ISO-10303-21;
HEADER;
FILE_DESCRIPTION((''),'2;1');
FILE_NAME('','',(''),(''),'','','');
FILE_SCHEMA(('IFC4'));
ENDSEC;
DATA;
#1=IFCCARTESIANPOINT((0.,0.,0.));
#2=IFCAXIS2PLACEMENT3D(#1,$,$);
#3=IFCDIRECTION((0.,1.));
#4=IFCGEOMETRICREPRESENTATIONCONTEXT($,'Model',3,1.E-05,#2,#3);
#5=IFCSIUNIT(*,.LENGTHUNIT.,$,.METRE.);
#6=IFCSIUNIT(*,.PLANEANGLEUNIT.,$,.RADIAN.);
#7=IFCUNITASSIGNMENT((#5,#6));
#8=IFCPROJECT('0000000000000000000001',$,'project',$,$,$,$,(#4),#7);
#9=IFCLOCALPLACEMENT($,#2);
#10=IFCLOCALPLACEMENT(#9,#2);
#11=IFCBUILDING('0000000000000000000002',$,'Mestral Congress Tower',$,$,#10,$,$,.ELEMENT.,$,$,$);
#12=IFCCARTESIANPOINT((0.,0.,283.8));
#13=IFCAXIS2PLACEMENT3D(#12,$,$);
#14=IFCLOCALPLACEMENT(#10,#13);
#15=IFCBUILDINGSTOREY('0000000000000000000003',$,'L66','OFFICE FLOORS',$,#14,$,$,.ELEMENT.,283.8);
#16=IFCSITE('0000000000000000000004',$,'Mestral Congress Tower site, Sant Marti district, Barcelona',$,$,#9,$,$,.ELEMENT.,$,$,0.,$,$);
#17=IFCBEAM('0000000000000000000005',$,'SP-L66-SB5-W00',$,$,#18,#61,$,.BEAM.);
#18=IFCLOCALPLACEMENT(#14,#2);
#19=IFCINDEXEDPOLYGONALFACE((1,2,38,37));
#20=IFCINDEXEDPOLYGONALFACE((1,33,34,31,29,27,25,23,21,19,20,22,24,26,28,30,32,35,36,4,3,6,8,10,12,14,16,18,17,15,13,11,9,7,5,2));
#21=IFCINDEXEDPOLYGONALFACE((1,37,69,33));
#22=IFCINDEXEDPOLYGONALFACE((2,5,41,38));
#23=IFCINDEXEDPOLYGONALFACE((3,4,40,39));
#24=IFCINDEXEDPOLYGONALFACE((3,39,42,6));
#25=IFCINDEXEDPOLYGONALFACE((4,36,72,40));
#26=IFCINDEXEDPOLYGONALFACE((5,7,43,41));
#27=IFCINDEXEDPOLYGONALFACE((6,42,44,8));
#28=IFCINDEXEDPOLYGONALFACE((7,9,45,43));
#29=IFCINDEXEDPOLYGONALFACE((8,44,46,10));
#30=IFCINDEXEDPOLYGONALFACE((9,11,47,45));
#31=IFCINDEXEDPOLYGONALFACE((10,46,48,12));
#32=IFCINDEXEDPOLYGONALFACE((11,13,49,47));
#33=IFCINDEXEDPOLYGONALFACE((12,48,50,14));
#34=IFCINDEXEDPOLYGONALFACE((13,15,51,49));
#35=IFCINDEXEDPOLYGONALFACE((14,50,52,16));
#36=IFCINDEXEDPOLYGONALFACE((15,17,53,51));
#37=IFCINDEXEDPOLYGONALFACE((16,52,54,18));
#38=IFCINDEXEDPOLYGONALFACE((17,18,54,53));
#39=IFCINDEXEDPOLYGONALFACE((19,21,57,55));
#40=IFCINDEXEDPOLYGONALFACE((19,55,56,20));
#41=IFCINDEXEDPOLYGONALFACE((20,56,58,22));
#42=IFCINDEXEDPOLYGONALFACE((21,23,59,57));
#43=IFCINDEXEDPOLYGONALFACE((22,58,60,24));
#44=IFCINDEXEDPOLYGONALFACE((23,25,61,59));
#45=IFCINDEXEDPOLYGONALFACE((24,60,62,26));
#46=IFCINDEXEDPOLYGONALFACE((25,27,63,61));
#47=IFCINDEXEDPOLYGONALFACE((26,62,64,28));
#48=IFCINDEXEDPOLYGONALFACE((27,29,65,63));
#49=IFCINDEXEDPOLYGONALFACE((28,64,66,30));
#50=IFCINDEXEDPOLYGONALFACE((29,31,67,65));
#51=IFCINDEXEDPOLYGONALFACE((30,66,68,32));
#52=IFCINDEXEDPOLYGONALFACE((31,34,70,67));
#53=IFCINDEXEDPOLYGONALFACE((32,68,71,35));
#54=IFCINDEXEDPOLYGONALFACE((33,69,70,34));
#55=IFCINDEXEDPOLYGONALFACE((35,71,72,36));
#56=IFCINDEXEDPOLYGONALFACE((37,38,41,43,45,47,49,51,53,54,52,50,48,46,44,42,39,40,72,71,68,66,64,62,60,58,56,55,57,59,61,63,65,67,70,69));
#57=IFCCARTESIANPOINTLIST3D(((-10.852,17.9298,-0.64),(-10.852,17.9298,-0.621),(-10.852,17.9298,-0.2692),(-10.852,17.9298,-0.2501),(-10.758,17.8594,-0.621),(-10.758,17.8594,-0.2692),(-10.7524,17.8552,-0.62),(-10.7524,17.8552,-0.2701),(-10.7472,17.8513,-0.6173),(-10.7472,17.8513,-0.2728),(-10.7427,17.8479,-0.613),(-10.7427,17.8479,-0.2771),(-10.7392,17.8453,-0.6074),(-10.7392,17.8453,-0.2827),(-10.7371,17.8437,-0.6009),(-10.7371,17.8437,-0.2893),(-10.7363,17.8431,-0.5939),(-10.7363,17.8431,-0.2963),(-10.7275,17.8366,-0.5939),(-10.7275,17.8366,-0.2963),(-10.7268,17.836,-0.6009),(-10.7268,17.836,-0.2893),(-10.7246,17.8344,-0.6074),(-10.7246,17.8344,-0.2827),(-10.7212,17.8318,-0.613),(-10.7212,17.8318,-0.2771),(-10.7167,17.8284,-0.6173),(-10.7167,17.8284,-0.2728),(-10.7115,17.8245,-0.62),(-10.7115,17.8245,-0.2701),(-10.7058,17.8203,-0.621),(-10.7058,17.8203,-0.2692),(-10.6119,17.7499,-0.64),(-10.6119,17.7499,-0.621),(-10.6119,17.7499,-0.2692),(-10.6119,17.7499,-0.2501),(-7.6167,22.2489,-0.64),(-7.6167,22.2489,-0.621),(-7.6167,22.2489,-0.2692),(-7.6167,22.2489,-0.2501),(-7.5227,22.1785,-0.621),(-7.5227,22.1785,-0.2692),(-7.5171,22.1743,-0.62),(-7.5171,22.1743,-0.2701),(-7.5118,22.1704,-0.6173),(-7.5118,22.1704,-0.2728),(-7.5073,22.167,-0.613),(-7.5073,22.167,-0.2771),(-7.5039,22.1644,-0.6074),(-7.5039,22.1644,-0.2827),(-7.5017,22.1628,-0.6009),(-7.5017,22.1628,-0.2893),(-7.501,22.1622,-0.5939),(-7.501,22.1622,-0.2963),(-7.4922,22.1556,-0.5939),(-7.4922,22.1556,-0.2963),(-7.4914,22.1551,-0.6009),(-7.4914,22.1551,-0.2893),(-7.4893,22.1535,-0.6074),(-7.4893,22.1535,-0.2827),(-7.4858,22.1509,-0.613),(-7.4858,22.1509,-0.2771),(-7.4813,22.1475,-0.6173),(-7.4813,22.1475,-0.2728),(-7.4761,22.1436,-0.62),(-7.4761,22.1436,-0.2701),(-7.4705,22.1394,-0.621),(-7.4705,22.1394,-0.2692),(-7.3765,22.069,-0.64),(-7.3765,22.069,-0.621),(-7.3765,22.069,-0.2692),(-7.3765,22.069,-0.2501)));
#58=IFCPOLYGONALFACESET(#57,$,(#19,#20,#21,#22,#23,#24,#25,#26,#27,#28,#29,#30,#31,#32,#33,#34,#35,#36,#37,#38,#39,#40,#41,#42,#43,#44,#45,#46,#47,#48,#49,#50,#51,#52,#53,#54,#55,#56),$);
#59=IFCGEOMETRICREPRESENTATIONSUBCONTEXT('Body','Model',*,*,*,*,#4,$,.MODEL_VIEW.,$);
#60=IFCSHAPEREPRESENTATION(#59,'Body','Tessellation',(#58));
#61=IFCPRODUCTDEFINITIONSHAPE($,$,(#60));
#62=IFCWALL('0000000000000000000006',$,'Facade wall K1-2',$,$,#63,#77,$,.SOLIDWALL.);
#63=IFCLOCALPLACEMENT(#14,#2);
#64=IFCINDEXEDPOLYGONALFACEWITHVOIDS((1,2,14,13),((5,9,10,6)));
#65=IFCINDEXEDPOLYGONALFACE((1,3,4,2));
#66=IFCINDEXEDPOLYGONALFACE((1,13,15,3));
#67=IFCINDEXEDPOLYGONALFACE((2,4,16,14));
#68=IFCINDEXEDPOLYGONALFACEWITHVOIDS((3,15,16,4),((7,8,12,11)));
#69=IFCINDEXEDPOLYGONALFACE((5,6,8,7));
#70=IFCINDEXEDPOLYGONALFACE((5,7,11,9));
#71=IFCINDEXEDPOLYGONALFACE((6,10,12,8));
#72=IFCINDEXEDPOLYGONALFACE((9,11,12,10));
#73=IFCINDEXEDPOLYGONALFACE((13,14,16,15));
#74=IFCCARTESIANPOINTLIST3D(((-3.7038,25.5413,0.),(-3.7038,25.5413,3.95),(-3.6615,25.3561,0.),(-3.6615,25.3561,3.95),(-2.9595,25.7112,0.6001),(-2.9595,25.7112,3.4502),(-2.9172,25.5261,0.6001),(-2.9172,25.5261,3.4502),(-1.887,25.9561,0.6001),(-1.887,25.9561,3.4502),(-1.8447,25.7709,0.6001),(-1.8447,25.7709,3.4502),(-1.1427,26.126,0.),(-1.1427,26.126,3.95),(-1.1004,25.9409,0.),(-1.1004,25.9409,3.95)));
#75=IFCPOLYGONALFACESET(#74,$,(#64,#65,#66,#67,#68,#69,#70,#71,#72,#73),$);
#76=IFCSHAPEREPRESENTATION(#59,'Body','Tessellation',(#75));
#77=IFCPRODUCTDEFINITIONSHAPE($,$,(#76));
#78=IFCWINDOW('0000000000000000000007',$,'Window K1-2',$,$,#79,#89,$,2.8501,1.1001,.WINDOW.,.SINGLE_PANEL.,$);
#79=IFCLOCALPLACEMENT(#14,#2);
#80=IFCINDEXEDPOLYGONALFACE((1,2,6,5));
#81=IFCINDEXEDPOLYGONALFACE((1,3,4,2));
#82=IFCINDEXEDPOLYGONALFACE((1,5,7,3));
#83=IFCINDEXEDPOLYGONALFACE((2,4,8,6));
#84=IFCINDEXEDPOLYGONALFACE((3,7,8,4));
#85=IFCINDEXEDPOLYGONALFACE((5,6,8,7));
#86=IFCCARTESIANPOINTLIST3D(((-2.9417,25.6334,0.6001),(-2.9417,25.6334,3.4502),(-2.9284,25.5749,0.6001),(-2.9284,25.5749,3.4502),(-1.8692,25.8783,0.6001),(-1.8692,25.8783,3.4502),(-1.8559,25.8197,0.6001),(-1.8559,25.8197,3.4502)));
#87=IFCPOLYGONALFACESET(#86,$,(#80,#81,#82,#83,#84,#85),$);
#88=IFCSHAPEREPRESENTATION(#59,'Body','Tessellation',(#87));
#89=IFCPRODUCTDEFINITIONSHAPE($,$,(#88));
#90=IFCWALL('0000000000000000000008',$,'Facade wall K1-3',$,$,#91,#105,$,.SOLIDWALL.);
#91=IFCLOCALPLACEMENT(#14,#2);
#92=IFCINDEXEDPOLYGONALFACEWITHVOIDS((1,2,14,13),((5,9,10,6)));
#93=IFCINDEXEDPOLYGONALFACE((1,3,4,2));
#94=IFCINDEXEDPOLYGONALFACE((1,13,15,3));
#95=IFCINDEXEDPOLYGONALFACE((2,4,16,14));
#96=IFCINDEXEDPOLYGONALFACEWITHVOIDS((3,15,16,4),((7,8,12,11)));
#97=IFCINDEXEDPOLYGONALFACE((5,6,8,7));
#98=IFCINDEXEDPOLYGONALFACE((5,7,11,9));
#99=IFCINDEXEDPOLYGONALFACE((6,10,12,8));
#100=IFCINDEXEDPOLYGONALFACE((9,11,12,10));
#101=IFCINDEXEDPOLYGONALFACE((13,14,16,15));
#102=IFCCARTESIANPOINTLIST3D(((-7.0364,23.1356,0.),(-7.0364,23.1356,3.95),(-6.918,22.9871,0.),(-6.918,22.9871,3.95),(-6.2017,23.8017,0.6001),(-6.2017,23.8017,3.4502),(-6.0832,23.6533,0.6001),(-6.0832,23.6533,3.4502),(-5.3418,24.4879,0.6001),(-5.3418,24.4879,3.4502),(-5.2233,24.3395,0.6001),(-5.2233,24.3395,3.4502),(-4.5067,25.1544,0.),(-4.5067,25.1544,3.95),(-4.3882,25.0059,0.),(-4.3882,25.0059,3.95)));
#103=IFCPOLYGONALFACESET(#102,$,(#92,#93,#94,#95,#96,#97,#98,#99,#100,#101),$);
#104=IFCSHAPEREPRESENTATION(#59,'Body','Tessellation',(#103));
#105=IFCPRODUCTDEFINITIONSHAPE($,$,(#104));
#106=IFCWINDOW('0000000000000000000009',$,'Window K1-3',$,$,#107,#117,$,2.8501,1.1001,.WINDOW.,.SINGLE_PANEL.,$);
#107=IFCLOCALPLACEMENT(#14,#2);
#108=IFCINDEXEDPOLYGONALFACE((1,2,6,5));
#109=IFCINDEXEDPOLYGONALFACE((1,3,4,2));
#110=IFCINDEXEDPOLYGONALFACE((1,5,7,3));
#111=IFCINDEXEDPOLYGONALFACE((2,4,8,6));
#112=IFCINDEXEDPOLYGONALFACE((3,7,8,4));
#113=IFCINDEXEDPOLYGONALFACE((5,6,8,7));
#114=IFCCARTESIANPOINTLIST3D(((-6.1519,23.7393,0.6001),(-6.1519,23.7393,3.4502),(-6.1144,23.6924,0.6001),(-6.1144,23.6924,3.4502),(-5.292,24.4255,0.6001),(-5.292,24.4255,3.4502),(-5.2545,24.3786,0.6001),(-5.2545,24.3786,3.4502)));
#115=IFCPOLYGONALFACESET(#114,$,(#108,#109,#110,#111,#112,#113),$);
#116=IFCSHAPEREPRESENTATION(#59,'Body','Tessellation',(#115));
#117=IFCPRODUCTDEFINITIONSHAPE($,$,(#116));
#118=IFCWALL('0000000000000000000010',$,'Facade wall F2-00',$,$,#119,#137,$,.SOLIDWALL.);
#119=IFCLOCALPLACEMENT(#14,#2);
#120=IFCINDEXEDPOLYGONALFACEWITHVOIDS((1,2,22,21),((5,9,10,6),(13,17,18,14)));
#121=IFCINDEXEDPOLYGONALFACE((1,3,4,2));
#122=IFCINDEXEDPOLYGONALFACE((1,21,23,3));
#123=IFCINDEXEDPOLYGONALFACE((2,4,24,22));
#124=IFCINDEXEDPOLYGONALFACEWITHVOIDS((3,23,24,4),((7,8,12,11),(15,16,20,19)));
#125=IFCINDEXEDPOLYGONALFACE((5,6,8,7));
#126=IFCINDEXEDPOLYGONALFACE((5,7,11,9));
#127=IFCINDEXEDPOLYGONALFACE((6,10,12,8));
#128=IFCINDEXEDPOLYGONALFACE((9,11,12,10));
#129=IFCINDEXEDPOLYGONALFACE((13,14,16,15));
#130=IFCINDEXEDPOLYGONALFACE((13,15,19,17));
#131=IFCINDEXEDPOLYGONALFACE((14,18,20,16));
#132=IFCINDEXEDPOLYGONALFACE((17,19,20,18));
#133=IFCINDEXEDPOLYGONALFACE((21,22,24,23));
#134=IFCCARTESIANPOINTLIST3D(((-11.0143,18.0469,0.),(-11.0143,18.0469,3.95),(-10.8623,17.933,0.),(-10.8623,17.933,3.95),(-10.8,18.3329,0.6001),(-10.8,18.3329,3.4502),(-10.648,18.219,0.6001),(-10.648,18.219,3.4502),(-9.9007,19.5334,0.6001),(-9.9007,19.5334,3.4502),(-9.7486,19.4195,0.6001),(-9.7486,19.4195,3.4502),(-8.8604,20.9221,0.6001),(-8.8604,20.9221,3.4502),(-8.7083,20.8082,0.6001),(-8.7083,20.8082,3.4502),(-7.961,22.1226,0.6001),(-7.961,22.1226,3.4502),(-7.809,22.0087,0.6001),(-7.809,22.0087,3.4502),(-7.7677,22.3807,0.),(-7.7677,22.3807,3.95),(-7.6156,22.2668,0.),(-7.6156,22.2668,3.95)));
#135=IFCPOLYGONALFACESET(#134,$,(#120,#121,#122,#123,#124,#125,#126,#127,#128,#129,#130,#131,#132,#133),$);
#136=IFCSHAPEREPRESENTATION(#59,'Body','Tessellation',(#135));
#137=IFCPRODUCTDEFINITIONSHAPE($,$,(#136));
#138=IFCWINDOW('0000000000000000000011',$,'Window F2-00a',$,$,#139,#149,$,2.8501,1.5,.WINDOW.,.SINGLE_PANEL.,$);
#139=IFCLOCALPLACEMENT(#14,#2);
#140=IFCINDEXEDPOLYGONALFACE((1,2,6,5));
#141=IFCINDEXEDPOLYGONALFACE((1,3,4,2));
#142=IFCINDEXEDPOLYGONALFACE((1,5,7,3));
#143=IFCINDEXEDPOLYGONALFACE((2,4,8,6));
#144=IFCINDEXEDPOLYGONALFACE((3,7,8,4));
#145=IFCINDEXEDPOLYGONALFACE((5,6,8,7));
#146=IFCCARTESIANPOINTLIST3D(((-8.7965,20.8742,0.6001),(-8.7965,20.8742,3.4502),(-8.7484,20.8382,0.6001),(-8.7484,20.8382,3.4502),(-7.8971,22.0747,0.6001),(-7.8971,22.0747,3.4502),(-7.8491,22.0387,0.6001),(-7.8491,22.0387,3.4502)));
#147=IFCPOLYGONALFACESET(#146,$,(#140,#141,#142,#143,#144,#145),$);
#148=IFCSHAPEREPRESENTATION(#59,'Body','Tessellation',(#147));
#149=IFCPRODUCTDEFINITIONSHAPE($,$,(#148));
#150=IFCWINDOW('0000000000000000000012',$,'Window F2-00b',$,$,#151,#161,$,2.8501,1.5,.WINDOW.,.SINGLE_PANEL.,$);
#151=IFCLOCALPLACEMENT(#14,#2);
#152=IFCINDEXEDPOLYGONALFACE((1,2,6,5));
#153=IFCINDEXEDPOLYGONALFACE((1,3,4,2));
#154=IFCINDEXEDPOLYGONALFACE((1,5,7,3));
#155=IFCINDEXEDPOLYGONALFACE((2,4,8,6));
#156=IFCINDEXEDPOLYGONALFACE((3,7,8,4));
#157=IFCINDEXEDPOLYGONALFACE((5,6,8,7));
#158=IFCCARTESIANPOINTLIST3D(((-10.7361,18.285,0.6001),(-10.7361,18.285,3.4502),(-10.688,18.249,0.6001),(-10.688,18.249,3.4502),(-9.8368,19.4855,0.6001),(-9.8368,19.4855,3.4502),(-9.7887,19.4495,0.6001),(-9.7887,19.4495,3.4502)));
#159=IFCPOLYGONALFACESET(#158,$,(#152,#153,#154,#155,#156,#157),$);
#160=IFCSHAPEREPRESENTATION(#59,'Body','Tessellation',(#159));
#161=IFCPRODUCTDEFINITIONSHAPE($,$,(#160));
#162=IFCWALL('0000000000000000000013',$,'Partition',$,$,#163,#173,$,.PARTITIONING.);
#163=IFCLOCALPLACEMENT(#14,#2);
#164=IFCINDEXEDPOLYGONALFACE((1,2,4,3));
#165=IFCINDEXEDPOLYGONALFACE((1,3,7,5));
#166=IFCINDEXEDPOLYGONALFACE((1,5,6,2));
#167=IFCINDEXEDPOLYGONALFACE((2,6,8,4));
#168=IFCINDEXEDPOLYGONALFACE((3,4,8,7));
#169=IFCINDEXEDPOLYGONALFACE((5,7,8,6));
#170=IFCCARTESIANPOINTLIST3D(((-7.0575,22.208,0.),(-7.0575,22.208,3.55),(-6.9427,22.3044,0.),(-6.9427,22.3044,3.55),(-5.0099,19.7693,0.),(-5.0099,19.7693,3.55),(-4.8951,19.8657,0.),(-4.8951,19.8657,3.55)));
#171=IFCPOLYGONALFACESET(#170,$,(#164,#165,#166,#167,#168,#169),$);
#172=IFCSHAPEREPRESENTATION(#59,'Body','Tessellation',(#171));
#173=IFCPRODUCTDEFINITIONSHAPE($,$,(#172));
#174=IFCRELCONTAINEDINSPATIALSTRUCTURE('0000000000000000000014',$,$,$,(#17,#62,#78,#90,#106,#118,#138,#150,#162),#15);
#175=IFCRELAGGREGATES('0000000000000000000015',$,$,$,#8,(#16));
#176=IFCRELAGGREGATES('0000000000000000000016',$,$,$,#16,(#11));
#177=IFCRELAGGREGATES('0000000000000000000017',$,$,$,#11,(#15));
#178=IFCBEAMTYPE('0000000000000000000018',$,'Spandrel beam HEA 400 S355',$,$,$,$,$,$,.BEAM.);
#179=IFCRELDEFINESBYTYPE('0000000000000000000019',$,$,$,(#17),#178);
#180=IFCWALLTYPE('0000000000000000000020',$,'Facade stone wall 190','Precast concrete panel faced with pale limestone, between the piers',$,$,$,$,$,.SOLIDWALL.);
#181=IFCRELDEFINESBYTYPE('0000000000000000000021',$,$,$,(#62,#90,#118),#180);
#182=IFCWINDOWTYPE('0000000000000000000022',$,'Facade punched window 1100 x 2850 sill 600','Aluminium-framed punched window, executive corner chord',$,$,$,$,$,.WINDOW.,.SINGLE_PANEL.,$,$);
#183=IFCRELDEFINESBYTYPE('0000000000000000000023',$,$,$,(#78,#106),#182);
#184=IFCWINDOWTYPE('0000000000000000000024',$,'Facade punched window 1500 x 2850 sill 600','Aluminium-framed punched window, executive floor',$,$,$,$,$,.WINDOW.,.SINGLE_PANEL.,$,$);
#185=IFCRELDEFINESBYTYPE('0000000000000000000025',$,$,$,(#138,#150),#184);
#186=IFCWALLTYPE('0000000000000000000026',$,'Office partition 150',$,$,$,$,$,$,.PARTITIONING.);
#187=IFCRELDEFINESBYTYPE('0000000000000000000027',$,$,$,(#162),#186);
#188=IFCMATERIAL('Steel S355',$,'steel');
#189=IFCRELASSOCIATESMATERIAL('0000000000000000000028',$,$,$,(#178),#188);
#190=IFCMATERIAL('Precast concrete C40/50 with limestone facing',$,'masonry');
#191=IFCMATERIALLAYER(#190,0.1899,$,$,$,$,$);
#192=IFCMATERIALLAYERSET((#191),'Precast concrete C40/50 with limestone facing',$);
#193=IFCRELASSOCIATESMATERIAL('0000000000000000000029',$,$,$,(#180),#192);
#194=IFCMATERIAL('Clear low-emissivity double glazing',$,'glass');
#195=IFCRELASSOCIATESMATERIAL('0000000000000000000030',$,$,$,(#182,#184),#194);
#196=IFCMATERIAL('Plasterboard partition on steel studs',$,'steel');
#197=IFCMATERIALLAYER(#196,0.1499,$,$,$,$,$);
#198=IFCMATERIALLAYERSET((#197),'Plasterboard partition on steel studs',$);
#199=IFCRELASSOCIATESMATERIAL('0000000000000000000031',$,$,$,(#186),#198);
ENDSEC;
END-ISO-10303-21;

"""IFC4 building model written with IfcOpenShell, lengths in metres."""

from ifc_helpers import new_model, si_unit, direction, frame, frame_2d, origin, origin_2d, place, context, subcontext, project, spatial, rectangle, i_section, extrude, material, layer, layer_set, material_profile, profile_set, type_object, element, fill, save


model = new_model("IFC4")

# Units and contexts
model_context = context("Model", 3, precision=1e-05, world=origin(), true_north=direction((0.0, 1.0)))
body_context = subcontext(model_context, "Body", "Model", "MODEL_VIEW")
ifc_project = project(units=[si_unit("LENGTHUNIT", "METRE"), si_unit("PLANEANGLEUNIT", "RADIAN")], contexts=[model_context])

# Site, building, storey
site_placement = place(None, origin())
site = spatial("IfcSite", under=ifc_project, at=site_placement, Name="Mestral Congress Tower site, Sant Marti district, Barcelona", CompositionType="ELEMENT", RefElevation=0.0)
building_placement = place(site_placement, origin())
building = spatial("IfcBuilding", under=site, at=building_placement, Name="Mestral Congress Tower", CompositionType="ELEMENT")
storey_placement = place(building_placement, frame((0.0, 0.0, 283.8)))
storey = spatial("IfcBuildingStorey", under=building, at=storey_placement, Name="L66", Description="OFFICE FLOORS", CompositionType="ELEMENT", Elevation=283.8)

# Beam
ifc_material_1 = material(Name="Steel S355", Category="steel")
ifc_material_profile_1 = material_profile(ifc_material_1, i_section(OverallWidth=0.3, OverallDepth=0.3899, WebThickness=0.011, FlangeThickness=0.019, FilletRadius=0.0271, at=origin_2d()), Name="HEA 400")
ifc_profile_set_1 = profile_set([ifc_material_profile_1], Name="Steel S355")
beam_type_1 = type_object("IfcBeamType", Name="Spandrel beam HEA 400 S355", PredefinedType="BEAM", material=ifc_profile_set_1)
beam_1_placement = place(storey_placement, frame((-7.4966, 22.1589, -0.4451), z_axis=(-0.599529, -0.800353, 0.0), x_axis=(0.800353, -0.599529, 0.0)))
element("IfcBeam", 1, at=beam_1_placement, inside=storey, type_object=beam_type_1, Name="SP-L66-SB5-W00", PredefinedType="BEAM", context=body_context, shape_type="SweptSolid", body=[
    extrude(i_section(OverallWidth=0.3, OverallDepth=0.3899, WebThickness=0.011, FlangeThickness=0.019, FilletRadius=0.0271, at=origin_2d()), origin(), (0.0, 0.0, 1.0), 5.3965),
])

# Walls, openings, windows
ifc_material_2 = material(Name="Precast concrete C40/50 with limestone facing", Category="masonry")
ifc_layer_1 = layer(ifc_material_2, 0.1899)
ifc_layer_set_1 = layer_set([ifc_layer_1], Name="Precast concrete C40/50 with limestone facing")
wall_type_1 = type_object("IfcWallType", Name="Facade stone wall 190", Description="Precast concrete panel faced with pale limestone, between the piers", PredefinedType="SOLIDWALL", material=ifc_layer_set_1)
wall_1_placement = place(storey_placement, frame((-1.1216, 26.0334, 0.0), z_axis=(0.0, 0.0, 1.0), x_axis=(-0.974913, -0.222585, 0.0)))
wall_1 = element("IfcWall", 2, at=wall_1_placement, inside=storey, type_object=wall_type_1, Name="Facade wall K1-2", PredefinedType="SOLIDWALL", context=body_context, shape_type="SweptSolid", body=[
    extrude(rectangle(XDim=2.627, YDim=0.1899, at=frame_2d((1.3135, 0.0))), origin(), (0.0, 0.0, 1.0), 3.95),
])
opening_1_placement = place(wall_1_placement, frame((0.7634, 0.0, 0.6001)))
opening_1 = element("IfcOpeningElement", 3, at=opening_1_placement, cuts=wall_1, PredefinedType="OPENING", context=body_context, shape_type="SweptSolid", body=[
    extrude(rectangle(XDim=1.1001, YDim=2.8501, at=frame_2d((0.55, 1.425))), frame((0.0, 0.105, 0.0), z_axis=(0.0, -1.0, 0.0), x_axis=(1.0, 0.0, 0.0)), (0.0, 0.0, 1.0), 0.21),
])
ifc_material_3 = material(Name="Clear low-emissivity double glazing", Category="glass")
window_type_1 = type_object("IfcWindowType", Name="Facade punched window 1100 x 2850 sill 600", Description="Aluminium-framed punched window, executive corner chord", PartitioningType="SINGLE_PANEL", PredefinedType="WINDOW", material=ifc_material_3)
window_1_placement = place(opening_1_placement, origin())
window_1 = element("IfcWindow", 4, at=window_1_placement, inside=storey, type_object=window_type_1, Name="Window K1-2", OverallHeight=2.8501, OverallWidth=1.1001, PartitioningType="SINGLE_PANEL", PredefinedType="WINDOW", context=body_context, shape_type="SweptSolid", body=[
    extrude(rectangle(XDim=1.1001, YDim=2.8501, at=frame_2d((0.55, 1.425))), frame((0.0, 0.0449, 0.0), z_axis=(0.0, -1.0, 0.0), x_axis=(1.0, 0.0, 0.0)), (0.0, 0.0, 1.0), 0.0601),
])
fill(opening_1, window_1)
wall_2_placement = place(storey_placement, frame((-4.4475, 25.0801, 0.0), z_axis=(0.0, 0.0, 1.0), x_axis=(-0.781626, -0.623747, 0.0)))
wall_2 = element("IfcWall", 5, at=wall_2_placement, inside=storey, type_object=wall_type_1, Name="Facade wall K1-3", PredefinedType="SOLIDWALL", context=body_context, shape_type="SweptSolid", body=[
    extrude(rectangle(XDim=3.2366, YDim=0.1899, at=frame_2d((1.6182, 0.0))), origin(), (0.0, 0.0, 1.0), 3.95),
])
opening_2_placement = place(wall_2_placement, frame((1.0684, 0.0, 0.6001)))
opening_2 = element("IfcOpeningElement", 6, at=opening_2_placement, cuts=wall_2, PredefinedType="OPENING", context=body_context, shape_type="SweptSolid", body=[
    extrude(rectangle(XDim=1.1001, YDim=2.8501, at=frame_2d((0.55, 1.425))), frame((0.0, 0.105, 0.0), z_axis=(0.0, -1.0, 0.0), x_axis=(1.0, 0.0, 0.0)), (0.0, 0.0, 1.0), 0.21),
])
window_2_placement = place(opening_2_placement, origin())
window_2 = element("IfcWindow", 7, at=window_2_placement, inside=storey, type_object=window_type_1, Name="Window K1-3", OverallHeight=2.8501, OverallWidth=1.1001, PartitioningType="SINGLE_PANEL", PredefinedType="WINDOW", context=body_context, shape_type="SweptSolid", body=[
    extrude(rectangle(XDim=1.1001, YDim=2.8501, at=frame_2d((0.55, 1.425))), frame((0.0, 0.0449, 0.0), z_axis=(0.0, -1.0, 0.0), x_axis=(1.0, 0.0, 0.0)), (0.0, 0.0, 1.0), 0.0601),
])
fill(opening_2, window_2)

# Wall, openings, windows
wall_3_placement = place(storey_placement, frame((-7.6917, 22.3237, 0.0), z_axis=(0.0, 0.0, 1.0), x_axis=(-0.59956, -0.80033, 0.0)))
wall_3 = element("IfcWall", 8, at=wall_3_placement, inside=storey, type_object=wall_type_1, Name="Facade wall F2-00", PredefinedType="SOLIDWALL", context=body_context, shape_type="SweptSolid", body=[
    extrude(rectangle(XDim=5.415, YDim=0.1899, at=frame_2d((2.7075, 0.0))), origin(), (0.0, 0.0, 1.0), 3.95),
])
opening_3_placement = place(wall_3_placement, frame((0.3225, 0.0, 0.6001)))
opening_3 = element("IfcOpeningElement", 9, at=opening_3_placement, cuts=wall_3, PredefinedType="OPENING", context=body_context, shape_type="SweptSolid", body=[
    extrude(rectangle(XDim=1.5, YDim=2.8501, at=frame_2d((0.75, 1.425))), frame((0.0, 0.105, 0.0), z_axis=(0.0, -1.0, 0.0), x_axis=(1.0, 0.0, 0.0)), (0.0, 0.0, 1.0), 0.21),
])
opening_4_placement = place(wall_3_placement, frame((3.5576, 0.0, 0.6001)))
opening_4 = element("IfcOpeningElement", 10, at=opening_4_placement, cuts=wall_3, PredefinedType="OPENING", context=body_context, shape_type="SweptSolid", body=[
    extrude(rectangle(XDim=1.5, YDim=2.8501, at=frame_2d((0.75, 1.425))), frame((0.0, 0.105, 0.0), z_axis=(0.0, -1.0, 0.0), x_axis=(1.0, 0.0, 0.0)), (0.0, 0.0, 1.0), 0.21),
])
window_type_2 = type_object("IfcWindowType", Name="Facade punched window 1500 x 2850 sill 600", Description="Aluminium-framed punched window, executive floor", PartitioningType="SINGLE_PANEL", PredefinedType="WINDOW", material=ifc_material_3)
window_3_placement = place(opening_3_placement, origin())
window_3 = element("IfcWindow", 11, at=window_3_placement, inside=storey, type_object=window_type_2, Name="Window F2-00a", OverallHeight=2.8501, OverallWidth=1.5, PartitioningType="SINGLE_PANEL", PredefinedType="WINDOW", context=body_context, shape_type="SweptSolid", body=[
    extrude(rectangle(XDim=1.5, YDim=2.8501, at=frame_2d((0.75, 1.425))), frame((0.0, 0.0449, 0.0), z_axis=(0.0, -1.0, 0.0), x_axis=(1.0, 0.0, 0.0)), (0.0, 0.0, 1.0), 0.0601),
])
fill(opening_3, window_3)
window_4_placement = place(opening_4_placement, origin())
window_4 = element("IfcWindow", 12, at=window_4_placement, inside=storey, type_object=window_type_2, Name="Window F2-00b", OverallHeight=2.8501, OverallWidth=1.5, PartitioningType="SINGLE_PANEL", PredefinedType="WINDOW", context=body_context, shape_type="SweptSolid", body=[
    extrude(rectangle(XDim=1.5, YDim=2.8501, at=frame_2d((0.75, 1.425))), frame((0.0, 0.0449, 0.0), z_axis=(0.0, -1.0, 0.0), x_axis=(1.0, 0.0, 0.0)), (0.0, 0.0, 1.0), 0.0601),
])
fill(opening_4, window_4)

# Wall
ifc_material_4 = material(Name="Plasterboard partition on steel studs", Category="steel")
ifc_layer_2 = layer(ifc_material_4, 0.1499)
ifc_layer_set_2 = layer_set([ifc_layer_2], Name="Plasterboard partition on steel studs")
wall_type_2 = type_object("IfcWallType", Name="Office partition 150", PredefinedType="PARTITIONING", material=ifc_layer_set_2)
wall_4_placement = place(storey_placement, frame((-4.9524, 19.8174, 0.0), z_axis=(0.0, 0.0, 1.0), x_axis=(-0.643023, 0.765847, 0.0)))
element("IfcWall", 13, at=wall_4_placement, inside=storey, type_object=wall_type_2, Name="Partition", PredefinedType="PARTITIONING", context=body_context, shape_type="SweptSolid", body=[
    extrude(rectangle(XDim=3.1843, YDim=0.1499, at=frame_2d((1.5923, 0.0))), origin(), (0.0, 0.0, 1.0), 3.55),
])

save(model, "model.ifc")
